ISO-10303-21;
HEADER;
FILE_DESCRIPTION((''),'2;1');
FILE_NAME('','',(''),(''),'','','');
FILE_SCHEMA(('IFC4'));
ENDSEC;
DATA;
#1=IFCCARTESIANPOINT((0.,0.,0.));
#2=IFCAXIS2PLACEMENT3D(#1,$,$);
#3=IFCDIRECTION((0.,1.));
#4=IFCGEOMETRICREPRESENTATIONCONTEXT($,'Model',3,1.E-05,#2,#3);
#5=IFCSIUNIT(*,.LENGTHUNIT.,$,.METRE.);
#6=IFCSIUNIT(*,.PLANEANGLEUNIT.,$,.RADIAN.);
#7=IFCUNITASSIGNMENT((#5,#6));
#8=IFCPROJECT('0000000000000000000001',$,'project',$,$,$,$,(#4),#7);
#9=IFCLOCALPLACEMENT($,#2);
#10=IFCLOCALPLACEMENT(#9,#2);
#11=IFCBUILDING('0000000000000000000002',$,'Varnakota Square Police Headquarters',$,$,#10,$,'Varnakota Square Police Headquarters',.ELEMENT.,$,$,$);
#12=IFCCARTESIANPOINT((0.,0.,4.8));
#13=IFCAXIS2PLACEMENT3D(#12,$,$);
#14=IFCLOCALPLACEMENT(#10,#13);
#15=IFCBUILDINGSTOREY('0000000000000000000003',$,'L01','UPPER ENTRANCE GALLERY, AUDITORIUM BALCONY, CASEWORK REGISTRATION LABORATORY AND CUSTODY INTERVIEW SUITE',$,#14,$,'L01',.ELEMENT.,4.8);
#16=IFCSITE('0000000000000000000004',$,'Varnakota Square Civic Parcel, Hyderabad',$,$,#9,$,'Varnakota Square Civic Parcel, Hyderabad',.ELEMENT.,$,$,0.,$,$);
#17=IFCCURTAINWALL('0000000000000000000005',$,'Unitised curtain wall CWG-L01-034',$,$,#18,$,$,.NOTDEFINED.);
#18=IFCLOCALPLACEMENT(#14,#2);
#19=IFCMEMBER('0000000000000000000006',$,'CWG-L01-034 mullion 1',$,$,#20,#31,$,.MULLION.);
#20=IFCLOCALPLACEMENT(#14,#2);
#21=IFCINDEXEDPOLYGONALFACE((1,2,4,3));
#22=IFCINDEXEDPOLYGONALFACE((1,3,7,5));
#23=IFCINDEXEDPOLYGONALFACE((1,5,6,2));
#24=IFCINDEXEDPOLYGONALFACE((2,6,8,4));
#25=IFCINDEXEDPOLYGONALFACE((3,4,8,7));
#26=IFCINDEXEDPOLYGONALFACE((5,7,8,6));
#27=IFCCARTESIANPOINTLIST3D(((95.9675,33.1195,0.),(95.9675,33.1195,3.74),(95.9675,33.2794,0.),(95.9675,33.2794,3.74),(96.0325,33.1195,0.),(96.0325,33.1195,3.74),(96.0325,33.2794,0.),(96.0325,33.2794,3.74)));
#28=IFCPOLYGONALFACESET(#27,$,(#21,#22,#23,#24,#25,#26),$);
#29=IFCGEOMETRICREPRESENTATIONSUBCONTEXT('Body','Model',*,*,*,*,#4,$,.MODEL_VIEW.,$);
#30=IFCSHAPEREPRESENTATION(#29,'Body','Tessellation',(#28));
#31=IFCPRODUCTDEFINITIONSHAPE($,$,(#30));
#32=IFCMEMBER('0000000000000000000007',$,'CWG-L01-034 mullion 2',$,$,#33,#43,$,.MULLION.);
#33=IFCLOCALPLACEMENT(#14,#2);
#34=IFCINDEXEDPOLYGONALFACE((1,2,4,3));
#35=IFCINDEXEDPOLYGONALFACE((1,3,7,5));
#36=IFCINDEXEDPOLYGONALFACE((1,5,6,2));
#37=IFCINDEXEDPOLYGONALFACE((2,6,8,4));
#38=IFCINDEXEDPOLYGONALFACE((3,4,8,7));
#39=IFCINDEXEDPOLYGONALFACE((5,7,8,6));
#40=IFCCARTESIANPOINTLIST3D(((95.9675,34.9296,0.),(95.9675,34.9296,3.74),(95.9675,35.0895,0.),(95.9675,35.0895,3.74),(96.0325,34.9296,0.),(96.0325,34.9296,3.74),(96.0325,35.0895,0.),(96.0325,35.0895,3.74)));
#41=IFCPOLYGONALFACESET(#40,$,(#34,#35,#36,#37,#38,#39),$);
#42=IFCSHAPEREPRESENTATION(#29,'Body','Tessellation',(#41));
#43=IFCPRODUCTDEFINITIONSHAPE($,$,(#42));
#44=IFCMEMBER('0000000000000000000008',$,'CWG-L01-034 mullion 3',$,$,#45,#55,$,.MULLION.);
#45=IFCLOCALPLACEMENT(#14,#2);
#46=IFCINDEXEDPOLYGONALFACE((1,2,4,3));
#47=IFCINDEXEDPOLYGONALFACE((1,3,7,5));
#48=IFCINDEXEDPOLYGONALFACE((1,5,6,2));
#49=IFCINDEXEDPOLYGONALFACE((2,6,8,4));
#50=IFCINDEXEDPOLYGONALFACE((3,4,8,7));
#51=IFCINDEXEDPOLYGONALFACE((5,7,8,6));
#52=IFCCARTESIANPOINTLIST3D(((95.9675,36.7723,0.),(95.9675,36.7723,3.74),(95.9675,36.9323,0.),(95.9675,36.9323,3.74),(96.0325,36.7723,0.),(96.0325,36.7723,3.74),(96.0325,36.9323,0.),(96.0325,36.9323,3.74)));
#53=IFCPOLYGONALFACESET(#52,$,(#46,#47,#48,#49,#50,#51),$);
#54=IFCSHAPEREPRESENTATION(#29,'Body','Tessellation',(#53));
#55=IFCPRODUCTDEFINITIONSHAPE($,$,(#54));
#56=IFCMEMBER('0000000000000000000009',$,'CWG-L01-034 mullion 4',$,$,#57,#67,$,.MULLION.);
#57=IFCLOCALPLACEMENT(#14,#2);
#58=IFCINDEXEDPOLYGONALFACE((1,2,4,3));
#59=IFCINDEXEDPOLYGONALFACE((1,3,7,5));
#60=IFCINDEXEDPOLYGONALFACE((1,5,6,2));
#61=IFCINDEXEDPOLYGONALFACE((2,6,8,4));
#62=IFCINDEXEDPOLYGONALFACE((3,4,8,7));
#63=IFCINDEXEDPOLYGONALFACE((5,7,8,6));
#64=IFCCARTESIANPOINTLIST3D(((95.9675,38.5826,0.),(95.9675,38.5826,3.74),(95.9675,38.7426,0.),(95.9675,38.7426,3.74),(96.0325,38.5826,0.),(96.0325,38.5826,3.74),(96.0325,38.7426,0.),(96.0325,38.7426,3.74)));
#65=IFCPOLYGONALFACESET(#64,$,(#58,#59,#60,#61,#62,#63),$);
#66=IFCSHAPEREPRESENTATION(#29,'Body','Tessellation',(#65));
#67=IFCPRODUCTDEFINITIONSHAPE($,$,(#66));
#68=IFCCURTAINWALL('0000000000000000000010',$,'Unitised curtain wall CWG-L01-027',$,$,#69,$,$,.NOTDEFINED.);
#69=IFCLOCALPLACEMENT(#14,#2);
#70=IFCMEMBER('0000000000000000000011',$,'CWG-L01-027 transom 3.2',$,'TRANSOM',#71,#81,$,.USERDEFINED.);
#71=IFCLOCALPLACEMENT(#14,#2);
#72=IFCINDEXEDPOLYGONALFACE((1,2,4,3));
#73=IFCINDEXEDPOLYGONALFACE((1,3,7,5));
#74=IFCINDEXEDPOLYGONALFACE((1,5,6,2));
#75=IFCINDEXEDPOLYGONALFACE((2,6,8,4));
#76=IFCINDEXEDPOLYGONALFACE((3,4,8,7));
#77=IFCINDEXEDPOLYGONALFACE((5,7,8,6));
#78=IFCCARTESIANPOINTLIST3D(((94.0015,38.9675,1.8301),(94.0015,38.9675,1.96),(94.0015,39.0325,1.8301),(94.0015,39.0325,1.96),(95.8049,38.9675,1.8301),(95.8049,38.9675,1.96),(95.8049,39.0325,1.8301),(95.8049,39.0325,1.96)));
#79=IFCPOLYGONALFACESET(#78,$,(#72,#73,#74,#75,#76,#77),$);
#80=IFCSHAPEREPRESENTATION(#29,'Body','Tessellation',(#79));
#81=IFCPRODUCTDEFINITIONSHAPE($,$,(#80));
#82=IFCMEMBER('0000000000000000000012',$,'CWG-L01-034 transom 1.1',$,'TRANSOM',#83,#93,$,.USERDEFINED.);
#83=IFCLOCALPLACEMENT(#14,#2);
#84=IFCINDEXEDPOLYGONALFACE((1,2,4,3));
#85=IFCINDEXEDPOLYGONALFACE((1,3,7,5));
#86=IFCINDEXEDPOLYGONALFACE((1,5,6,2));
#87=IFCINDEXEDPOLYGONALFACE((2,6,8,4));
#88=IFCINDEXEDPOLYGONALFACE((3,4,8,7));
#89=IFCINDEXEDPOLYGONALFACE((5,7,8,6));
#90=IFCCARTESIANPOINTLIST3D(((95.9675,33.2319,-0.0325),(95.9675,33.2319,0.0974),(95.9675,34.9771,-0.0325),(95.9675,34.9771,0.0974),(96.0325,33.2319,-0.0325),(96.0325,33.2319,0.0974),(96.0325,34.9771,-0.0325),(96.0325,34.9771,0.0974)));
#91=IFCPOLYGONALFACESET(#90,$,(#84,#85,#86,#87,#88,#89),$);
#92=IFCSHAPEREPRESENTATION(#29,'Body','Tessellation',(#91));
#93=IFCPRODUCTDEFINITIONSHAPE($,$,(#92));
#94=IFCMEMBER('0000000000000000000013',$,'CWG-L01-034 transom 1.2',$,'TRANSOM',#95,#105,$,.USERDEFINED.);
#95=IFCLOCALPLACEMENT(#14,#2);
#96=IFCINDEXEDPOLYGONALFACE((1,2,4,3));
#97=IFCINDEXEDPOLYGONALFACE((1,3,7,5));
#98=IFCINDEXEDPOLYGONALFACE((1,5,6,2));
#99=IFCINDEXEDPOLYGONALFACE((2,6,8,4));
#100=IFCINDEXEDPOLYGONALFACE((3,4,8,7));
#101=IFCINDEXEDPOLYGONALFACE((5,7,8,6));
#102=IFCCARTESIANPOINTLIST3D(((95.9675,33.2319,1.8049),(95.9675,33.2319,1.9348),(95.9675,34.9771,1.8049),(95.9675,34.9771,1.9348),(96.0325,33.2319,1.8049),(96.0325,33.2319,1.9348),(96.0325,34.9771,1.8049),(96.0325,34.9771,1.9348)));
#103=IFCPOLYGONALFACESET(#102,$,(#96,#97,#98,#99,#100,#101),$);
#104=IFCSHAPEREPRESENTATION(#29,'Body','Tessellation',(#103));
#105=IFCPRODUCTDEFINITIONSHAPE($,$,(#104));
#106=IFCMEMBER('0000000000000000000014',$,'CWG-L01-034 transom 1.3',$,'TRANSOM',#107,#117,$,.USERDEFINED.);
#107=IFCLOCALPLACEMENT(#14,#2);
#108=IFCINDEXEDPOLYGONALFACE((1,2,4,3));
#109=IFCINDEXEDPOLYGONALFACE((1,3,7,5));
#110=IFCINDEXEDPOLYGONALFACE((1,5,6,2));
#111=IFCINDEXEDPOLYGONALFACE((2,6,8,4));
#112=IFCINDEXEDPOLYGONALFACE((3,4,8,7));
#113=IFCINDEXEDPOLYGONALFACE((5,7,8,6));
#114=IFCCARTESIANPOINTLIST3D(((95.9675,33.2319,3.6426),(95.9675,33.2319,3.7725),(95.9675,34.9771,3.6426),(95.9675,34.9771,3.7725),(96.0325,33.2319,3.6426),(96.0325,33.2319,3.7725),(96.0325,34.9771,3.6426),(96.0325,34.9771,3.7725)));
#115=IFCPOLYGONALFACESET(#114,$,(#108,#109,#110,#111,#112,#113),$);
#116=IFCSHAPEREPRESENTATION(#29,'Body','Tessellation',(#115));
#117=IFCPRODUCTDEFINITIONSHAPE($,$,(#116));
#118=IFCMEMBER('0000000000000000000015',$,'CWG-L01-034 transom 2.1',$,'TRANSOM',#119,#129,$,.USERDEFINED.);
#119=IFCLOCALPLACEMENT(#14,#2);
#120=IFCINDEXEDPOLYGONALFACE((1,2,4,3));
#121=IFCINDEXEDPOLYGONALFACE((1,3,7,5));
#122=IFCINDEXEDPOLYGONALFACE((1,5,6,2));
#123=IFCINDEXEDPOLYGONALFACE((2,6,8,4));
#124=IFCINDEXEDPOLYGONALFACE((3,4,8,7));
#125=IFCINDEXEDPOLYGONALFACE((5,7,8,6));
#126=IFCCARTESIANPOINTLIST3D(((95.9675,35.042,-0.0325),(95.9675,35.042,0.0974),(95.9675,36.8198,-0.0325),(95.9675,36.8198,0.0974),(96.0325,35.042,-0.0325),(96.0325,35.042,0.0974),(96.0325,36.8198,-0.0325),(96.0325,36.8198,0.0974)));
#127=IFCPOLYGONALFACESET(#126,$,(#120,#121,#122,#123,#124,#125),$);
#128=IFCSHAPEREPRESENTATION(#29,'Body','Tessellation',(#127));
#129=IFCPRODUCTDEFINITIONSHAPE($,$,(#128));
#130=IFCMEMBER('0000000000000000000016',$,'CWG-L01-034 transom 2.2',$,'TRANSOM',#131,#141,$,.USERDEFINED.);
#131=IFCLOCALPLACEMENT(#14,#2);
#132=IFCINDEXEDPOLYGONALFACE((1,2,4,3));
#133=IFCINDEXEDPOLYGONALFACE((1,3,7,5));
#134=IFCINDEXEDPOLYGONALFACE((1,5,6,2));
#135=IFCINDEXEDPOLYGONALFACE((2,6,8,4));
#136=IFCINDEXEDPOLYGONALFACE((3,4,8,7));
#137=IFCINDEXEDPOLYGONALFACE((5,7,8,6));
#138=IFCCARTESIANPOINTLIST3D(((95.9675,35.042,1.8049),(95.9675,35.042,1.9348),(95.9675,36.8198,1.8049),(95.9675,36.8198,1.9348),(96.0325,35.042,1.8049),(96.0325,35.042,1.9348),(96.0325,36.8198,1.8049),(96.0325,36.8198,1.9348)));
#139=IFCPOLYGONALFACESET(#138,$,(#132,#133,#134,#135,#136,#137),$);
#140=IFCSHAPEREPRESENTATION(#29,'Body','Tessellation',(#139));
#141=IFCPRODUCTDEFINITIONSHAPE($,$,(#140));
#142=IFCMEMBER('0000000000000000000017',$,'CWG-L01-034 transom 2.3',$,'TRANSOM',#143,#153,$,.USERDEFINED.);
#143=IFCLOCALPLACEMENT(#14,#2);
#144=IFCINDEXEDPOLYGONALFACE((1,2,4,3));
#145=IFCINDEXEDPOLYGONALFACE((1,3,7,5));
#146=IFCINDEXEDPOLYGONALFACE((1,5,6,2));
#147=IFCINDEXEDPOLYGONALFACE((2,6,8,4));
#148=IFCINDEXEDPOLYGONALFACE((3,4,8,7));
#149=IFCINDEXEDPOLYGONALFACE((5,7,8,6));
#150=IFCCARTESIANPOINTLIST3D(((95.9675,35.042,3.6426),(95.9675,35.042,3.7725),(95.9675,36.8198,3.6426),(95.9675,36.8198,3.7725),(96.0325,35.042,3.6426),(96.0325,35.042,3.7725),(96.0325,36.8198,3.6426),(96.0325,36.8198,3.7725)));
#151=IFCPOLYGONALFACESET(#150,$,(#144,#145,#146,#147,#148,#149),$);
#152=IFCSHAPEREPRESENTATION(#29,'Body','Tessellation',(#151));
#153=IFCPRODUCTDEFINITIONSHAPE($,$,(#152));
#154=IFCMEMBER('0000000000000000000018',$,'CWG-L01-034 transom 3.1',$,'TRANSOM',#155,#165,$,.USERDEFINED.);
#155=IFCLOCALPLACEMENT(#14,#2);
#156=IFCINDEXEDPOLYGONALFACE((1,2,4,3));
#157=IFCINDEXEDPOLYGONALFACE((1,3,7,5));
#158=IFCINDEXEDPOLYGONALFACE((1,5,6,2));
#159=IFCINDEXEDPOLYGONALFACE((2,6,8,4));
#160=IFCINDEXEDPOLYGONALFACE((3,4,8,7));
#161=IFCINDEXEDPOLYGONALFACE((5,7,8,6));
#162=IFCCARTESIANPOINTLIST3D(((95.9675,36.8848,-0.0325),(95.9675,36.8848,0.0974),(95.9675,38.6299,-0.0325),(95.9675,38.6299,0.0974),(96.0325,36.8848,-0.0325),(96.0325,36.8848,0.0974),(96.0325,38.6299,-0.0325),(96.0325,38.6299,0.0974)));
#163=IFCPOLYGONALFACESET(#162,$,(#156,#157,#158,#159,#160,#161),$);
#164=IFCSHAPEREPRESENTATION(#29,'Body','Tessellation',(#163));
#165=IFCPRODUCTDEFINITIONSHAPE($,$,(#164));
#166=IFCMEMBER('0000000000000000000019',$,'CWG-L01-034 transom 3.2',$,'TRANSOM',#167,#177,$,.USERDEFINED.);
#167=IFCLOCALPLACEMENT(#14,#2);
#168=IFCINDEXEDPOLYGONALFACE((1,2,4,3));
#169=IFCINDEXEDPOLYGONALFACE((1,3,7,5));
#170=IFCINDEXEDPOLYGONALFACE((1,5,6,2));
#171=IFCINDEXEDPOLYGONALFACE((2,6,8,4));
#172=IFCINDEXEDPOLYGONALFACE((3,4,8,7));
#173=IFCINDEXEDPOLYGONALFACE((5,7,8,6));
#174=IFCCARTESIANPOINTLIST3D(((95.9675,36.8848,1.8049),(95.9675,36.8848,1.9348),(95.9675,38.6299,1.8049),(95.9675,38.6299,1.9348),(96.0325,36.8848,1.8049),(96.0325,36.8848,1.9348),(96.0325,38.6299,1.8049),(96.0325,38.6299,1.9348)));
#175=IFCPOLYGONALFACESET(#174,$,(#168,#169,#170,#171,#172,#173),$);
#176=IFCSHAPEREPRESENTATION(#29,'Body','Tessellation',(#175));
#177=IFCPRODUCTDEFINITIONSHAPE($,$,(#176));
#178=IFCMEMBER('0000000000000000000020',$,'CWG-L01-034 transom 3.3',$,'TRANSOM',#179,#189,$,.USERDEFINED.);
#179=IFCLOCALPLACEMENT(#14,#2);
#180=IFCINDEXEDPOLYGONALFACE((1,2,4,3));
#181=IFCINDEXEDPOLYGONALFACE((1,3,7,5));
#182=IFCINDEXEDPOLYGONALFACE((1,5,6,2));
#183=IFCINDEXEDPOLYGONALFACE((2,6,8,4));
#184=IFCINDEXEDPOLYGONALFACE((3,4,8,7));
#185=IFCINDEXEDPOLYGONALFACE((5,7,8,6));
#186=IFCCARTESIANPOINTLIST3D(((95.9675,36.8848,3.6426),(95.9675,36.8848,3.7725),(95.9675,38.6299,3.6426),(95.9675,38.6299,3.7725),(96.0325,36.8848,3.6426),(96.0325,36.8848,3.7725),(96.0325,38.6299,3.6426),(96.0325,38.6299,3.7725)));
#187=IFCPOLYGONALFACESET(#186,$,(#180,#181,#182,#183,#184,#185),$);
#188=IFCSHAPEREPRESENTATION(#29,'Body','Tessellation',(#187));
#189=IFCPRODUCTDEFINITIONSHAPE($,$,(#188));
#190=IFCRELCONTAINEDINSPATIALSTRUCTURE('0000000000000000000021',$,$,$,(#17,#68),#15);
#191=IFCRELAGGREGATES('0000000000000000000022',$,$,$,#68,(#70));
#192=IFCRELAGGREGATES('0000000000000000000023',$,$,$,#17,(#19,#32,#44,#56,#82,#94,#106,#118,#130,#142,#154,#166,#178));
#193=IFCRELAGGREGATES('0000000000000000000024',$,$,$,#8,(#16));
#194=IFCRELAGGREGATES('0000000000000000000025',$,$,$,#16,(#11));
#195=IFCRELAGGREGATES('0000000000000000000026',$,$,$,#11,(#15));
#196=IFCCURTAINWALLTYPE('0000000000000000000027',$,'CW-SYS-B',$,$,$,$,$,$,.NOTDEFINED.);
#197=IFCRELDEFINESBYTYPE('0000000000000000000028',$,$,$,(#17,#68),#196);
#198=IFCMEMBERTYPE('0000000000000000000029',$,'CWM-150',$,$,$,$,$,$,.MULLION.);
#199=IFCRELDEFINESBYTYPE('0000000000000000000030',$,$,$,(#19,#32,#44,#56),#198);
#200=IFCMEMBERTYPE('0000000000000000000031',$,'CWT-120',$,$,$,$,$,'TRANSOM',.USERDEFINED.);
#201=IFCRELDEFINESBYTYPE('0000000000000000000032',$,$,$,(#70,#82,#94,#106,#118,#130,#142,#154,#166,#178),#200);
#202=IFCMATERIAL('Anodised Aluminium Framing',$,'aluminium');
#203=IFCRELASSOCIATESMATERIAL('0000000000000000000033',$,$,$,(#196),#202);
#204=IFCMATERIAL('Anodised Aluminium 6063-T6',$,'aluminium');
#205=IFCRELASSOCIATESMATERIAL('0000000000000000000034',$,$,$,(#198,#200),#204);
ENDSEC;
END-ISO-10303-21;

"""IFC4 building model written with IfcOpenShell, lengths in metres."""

from ifc_helpers import new_model, si_unit, direction, frame, origin, origin_2d, place, context, subcontext, project, spatial, rectangle, extrude, material, material_profile, profile_set, type_object, element, aggregate, save


model = new_model("IFC4")

# Units and contexts
model_context = context("Model", 3, precision=1e-05, world=origin(), true_north=direction((0.0, 1.0)))
body_context = subcontext(model_context, "Body", "Model", "MODEL_VIEW")
ifc_project = project(units=[si_unit("LENGTHUNIT", "METRE"), si_unit("PLANEANGLEUNIT", "RADIAN")], contexts=[model_context])

# Site, building, storey
site_placement = place(None, origin())
site = spatial("IfcSite", under=ifc_project, at=site_placement, Name="Varnakota Square Civic Parcel, Hyderabad", LongName="Varnakota Square Civic Parcel, Hyderabad", CompositionType="ELEMENT", RefElevation=0.0)
building_placement = place(site_placement, origin())
building = spatial("IfcBuilding", under=site, at=building_placement, Name="Varnakota Square Police Headquarters", LongName="Varnakota Square Police Headquarters", CompositionType="ELEMENT")
storey_placement = place(building_placement, frame((0.0, 0.0, 4.8)))
storey = spatial("IfcBuildingStorey", under=building, at=storey_placement, Name="L01", Description="UPPER ENTRANCE GALLERY, AUDITORIUM BALCONY, CASEWORK REGISTRATION LABORATORY AND CUSTODY INTERVIEW SUITE", LongName="L01", CompositionType="ELEMENT", Elevation=4.8)

# Curtain wall, members
ifc_material_1 = material(Name="Anodised Aluminium Framing", Category="aluminium")
curtain_wall_type = type_object("IfcCurtainWallType", Name="CW-SYS-B", PredefinedType="NOTDEFINED", material=ifc_material_1)
curtain_wall_1_placement = place(storey_placement, origin())
curtain_wall_1 = element("IfcCurtainWall", 1, at=curtain_wall_1_placement, inside=storey, type_object=curtain_wall_type, Name="Unitised curtain wall CWG-L01-034", PredefinedType="NOTDEFINED")
ifc_material_2 = material(Name="Anodised Aluminium 6063-T6", Category="aluminium")
ifc_material_profile_1 = material_profile(ifc_material_2, rectangle(XDim=0.0649, YDim=0.1599, at=origin_2d()), Name="ALU MULLION 65x160")
ifc_profile_set_1 = profile_set([ifc_material_profile_1], Name="Anodised Aluminium 6063-T6")
member_type_1 = type_object("IfcMemberType", Name="CWM-150", PredefinedType="MULLION", material=ifc_profile_set_1)
member_1_placement = place(storey_placement, frame((96.0, 33.1995, 0.0), z_axis=(0.0, 0.0, 1.0), x_axis=(-1.0, 0.0, 0.0)))
member_1 = element("IfcMember", 2, at=member_1_placement, type_object=member_type_1, Name="CWG-L01-034 mullion 1", PredefinedType="MULLION", context=body_context, shape_type="SweptSolid", body=[
    extrude(rectangle(XDim=0.0649, YDim=0.1599, at=origin_2d()), origin(), (0.0, 0.0, 1.0), 3.74),
])
member_2_placement = place(storey_placement, frame((96.0, 35.0095, 0.0), z_axis=(0.0, 0.0, 1.0), x_axis=(-1.0, 0.0, 0.0)))
member_2 = element("IfcMember", 3, at=member_2_placement, type_object=member_type_1, Name="CWG-L01-034 mullion 2", PredefinedType="MULLION", context=body_context, shape_type="SweptSolid", body=[
    extrude(rectangle(XDim=0.0649, YDim=0.1599, at=origin_2d()), origin(), (0.0, 0.0, 1.0), 3.74),
])
member_3_placement = place(storey_placement, frame((96.0, 36.8523, 0.0), z_axis=(0.0, 0.0, 1.0), x_axis=(-1.0, 0.0, 0.0)))
member_3 = element("IfcMember", 4, at=member_3_placement, type_object=member_type_1, Name="CWG-L01-034 mullion 3", PredefinedType="MULLION", context=body_context, shape_type="SweptSolid", body=[
    extrude(rectangle(XDim=0.0649, YDim=0.1599, at=origin_2d()), origin(), (0.0, 0.0, 1.0), 3.74),
])
member_4_placement = place(storey_placement, frame((96.0, 38.6626, 0.0), z_axis=(0.0, 0.0, 1.0), x_axis=(-1.0, 0.0, 0.0)))
member_4 = element("IfcMember", 5, at=member_4_placement, type_object=member_type_1, Name="CWG-L01-034 mullion 4", PredefinedType="MULLION", context=body_context, shape_type="SweptSolid", body=[
    extrude(rectangle(XDim=0.0649, YDim=0.1599, at=origin_2d()), origin(), (0.0, 0.0, 1.0), 3.74),
])

# Curtain wall, member
curtain_wall_2_placement = place(storey_placement, origin())
curtain_wall_2 = element("IfcCurtainWall", 6, at=curtain_wall_2_placement, inside=storey, type_object=curtain_wall_type, Name="Unitised curtain wall CWG-L01-027", PredefinedType="NOTDEFINED")
ifc_material_profile_2 = material_profile(ifc_material_2, rectangle(XDim=0.0649, YDim=0.1299, at=origin_2d()), Name="ALU TRANSOM 65x130")
ifc_profile_set_2 = profile_set([ifc_material_profile_2], Name="Anodised Aluminium 6063-T6")
member_type_2 = type_object("IfcMemberType", Name="CWT-120", ElementType="TRANSOM", PredefinedType="USERDEFINED", material=ifc_profile_set_2)
member_5_placement = place(storey_placement, frame((94.0015, 39.0, 1.895), z_axis=(1.0, 0.0, 0.0), x_axis=(0.0, 1.0, 0.0)))
member_5 = element("IfcMember", 7, at=member_5_placement, type_object=member_type_2, Name="CWG-L01-027 transom 3.2", ObjectType="TRANSOM", PredefinedType="USERDEFINED", context=body_context, shape_type="SweptSolid", body=[
    extrude(rectangle(XDim=0.0649, YDim=0.1299, at=origin_2d()), origin(), (0.0, 0.0, 1.0), 1.8035),
])
aggregate(curtain_wall_2, [member_5])

# Members
member_6_placement = place(storey_placement, frame((96.0, 33.2319, 0.0325), z_axis=(0.0, 1.0, 0.0), x_axis=(-1.0, 0.0, 0.0)))
member_6 = element("IfcMember", 8, at=member_6_placement, type_object=member_type_2, Name="CWG-L01-034 transom 1.1", ObjectType="TRANSOM", PredefinedType="USERDEFINED", context=body_context, shape_type="SweptSolid", body=[
    extrude(rectangle(XDim=0.0649, YDim=0.1299, at=origin_2d()), origin(), (0.0, 0.0, 1.0), 1.7451),
])
member_7_placement = place(storey_placement, frame((96.0, 33.2319, 1.8699), z_axis=(0.0, 1.0, 0.0), x_axis=(-1.0, 0.0, 0.0)))
member_7 = element("IfcMember", 9, at=member_7_placement, type_object=member_type_2, Name="CWG-L01-034 transom 1.2", ObjectType="TRANSOM", PredefinedType="USERDEFINED", context=body_context, shape_type="SweptSolid", body=[
    extrude(rectangle(XDim=0.0649, YDim=0.1299, at=origin_2d()), origin(), (0.0, 0.0, 1.0), 1.7451),
])
member_8_placement = place(storey_placement, frame((96.0, 33.2319, 3.7075), z_axis=(0.0, 1.0, 0.0), x_axis=(-1.0, 0.0, 0.0)))
member_8 = element("IfcMember", 10, at=member_8_placement, type_object=member_type_2, Name="CWG-L01-034 transom 1.3", ObjectType="TRANSOM", PredefinedType="USERDEFINED", context=body_context, shape_type="SweptSolid", body=[
    extrude(rectangle(XDim=0.0649, YDim=0.1299, at=origin_2d()), origin(), (0.0, 0.0, 1.0), 1.7451),
])
member_9_placement = place(storey_placement, frame((96.0, 35.042, 0.0325), z_axis=(0.0, 1.0, 0.0), x_axis=(-1.0, 0.0, 0.0)))
member_9 = element("IfcMember", 11, at=member_9_placement, type_object=member_type_2, Name="CWG-L01-034 transom 2.1", ObjectType="TRANSOM", PredefinedType="USERDEFINED", context=body_context, shape_type="SweptSolid", body=[
    extrude(rectangle(XDim=0.0649, YDim=0.1299, at=origin_2d()), origin(), (0.0, 0.0, 1.0), 1.7778),
])
member_10_placement = place(storey_placement, frame((96.0, 35.042, 1.8699), z_axis=(0.0, 1.0, 0.0), x_axis=(-1.0, 0.0, 0.0)))
member_10 = element("IfcMember", 12, at=member_10_placement, type_object=member_type_2, Name="CWG-L01-034 transom 2.2", ObjectType="TRANSOM", PredefinedType="USERDEFINED", context=body_context, shape_type="SweptSolid", body=[
    extrude(rectangle(XDim=0.0649, YDim=0.1299, at=origin_2d()), origin(), (0.0, 0.0, 1.0), 1.7778),
])
member_11_placement = place(storey_placement, frame((96.0, 35.042, 3.7075), z_axis=(0.0, 1.0, 0.0), x_axis=(-1.0, 0.0, 0.0)))
member_11 = element("IfcMember", 13, at=member_11_placement, type_object=member_type_2, Name="CWG-L01-034 transom 2.3", ObjectType="TRANSOM", PredefinedType="USERDEFINED", context=body_context, shape_type="SweptSolid", body=[
    extrude(rectangle(XDim=0.0649, YDim=0.1299, at=origin_2d()), origin(), (0.0, 0.0, 1.0), 1.7778),
])
member_12_placement = place(storey_placement, frame((96.0, 36.8848, 0.0325), z_axis=(0.0, 1.0, 0.0), x_axis=(-1.0, 0.0, 0.0)))
member_12 = element("IfcMember", 14, at=member_12_placement, type_object=member_type_2, Name="CWG-L01-034 transom 3.1", ObjectType="TRANSOM", PredefinedType="USERDEFINED", context=body_context, shape_type="SweptSolid", body=[
    extrude(rectangle(XDim=0.0649, YDim=0.1299, at=origin_2d()), origin(), (0.0, 0.0, 1.0), 1.7451),
])
member_13_placement = place(storey_placement, frame((96.0, 36.8848, 1.8699), z_axis=(0.0, 1.0, 0.0), x_axis=(-1.0, 0.0, 0.0)))
member_13 = element("IfcMember", 15, at=member_13_placement, type_object=member_type_2, Name="CWG-L01-034 transom 3.2", ObjectType="TRANSOM", PredefinedType="USERDEFINED", context=body_context, shape_type="SweptSolid", body=[
    extrude(rectangle(XDim=0.0649, YDim=0.1299, at=origin_2d()), origin(), (0.0, 0.0, 1.0), 1.7451),
])
member_14_placement = place(storey_placement, frame((96.0, 36.8848, 3.7075), z_axis=(0.0, 1.0, 0.0), x_axis=(-1.0, 0.0, 0.0)))
member_14 = element("IfcMember", 16, at=member_14_placement, type_object=member_type_2, Name="CWG-L01-034 transom 3.3", ObjectType="TRANSOM", PredefinedType="USERDEFINED", context=body_context, shape_type="SweptSolid", body=[
    extrude(rectangle(XDim=0.0649, YDim=0.1299, at=origin_2d()), origin(), (0.0, 0.0, 1.0), 1.7451),
])

aggregate(curtain_wall_1, [member_1, member_2, member_3, member_4, member_6, member_7, member_8, member_9, member_10, member_11, member_12, member_13, member_14])

save(model, "model.ifc")
